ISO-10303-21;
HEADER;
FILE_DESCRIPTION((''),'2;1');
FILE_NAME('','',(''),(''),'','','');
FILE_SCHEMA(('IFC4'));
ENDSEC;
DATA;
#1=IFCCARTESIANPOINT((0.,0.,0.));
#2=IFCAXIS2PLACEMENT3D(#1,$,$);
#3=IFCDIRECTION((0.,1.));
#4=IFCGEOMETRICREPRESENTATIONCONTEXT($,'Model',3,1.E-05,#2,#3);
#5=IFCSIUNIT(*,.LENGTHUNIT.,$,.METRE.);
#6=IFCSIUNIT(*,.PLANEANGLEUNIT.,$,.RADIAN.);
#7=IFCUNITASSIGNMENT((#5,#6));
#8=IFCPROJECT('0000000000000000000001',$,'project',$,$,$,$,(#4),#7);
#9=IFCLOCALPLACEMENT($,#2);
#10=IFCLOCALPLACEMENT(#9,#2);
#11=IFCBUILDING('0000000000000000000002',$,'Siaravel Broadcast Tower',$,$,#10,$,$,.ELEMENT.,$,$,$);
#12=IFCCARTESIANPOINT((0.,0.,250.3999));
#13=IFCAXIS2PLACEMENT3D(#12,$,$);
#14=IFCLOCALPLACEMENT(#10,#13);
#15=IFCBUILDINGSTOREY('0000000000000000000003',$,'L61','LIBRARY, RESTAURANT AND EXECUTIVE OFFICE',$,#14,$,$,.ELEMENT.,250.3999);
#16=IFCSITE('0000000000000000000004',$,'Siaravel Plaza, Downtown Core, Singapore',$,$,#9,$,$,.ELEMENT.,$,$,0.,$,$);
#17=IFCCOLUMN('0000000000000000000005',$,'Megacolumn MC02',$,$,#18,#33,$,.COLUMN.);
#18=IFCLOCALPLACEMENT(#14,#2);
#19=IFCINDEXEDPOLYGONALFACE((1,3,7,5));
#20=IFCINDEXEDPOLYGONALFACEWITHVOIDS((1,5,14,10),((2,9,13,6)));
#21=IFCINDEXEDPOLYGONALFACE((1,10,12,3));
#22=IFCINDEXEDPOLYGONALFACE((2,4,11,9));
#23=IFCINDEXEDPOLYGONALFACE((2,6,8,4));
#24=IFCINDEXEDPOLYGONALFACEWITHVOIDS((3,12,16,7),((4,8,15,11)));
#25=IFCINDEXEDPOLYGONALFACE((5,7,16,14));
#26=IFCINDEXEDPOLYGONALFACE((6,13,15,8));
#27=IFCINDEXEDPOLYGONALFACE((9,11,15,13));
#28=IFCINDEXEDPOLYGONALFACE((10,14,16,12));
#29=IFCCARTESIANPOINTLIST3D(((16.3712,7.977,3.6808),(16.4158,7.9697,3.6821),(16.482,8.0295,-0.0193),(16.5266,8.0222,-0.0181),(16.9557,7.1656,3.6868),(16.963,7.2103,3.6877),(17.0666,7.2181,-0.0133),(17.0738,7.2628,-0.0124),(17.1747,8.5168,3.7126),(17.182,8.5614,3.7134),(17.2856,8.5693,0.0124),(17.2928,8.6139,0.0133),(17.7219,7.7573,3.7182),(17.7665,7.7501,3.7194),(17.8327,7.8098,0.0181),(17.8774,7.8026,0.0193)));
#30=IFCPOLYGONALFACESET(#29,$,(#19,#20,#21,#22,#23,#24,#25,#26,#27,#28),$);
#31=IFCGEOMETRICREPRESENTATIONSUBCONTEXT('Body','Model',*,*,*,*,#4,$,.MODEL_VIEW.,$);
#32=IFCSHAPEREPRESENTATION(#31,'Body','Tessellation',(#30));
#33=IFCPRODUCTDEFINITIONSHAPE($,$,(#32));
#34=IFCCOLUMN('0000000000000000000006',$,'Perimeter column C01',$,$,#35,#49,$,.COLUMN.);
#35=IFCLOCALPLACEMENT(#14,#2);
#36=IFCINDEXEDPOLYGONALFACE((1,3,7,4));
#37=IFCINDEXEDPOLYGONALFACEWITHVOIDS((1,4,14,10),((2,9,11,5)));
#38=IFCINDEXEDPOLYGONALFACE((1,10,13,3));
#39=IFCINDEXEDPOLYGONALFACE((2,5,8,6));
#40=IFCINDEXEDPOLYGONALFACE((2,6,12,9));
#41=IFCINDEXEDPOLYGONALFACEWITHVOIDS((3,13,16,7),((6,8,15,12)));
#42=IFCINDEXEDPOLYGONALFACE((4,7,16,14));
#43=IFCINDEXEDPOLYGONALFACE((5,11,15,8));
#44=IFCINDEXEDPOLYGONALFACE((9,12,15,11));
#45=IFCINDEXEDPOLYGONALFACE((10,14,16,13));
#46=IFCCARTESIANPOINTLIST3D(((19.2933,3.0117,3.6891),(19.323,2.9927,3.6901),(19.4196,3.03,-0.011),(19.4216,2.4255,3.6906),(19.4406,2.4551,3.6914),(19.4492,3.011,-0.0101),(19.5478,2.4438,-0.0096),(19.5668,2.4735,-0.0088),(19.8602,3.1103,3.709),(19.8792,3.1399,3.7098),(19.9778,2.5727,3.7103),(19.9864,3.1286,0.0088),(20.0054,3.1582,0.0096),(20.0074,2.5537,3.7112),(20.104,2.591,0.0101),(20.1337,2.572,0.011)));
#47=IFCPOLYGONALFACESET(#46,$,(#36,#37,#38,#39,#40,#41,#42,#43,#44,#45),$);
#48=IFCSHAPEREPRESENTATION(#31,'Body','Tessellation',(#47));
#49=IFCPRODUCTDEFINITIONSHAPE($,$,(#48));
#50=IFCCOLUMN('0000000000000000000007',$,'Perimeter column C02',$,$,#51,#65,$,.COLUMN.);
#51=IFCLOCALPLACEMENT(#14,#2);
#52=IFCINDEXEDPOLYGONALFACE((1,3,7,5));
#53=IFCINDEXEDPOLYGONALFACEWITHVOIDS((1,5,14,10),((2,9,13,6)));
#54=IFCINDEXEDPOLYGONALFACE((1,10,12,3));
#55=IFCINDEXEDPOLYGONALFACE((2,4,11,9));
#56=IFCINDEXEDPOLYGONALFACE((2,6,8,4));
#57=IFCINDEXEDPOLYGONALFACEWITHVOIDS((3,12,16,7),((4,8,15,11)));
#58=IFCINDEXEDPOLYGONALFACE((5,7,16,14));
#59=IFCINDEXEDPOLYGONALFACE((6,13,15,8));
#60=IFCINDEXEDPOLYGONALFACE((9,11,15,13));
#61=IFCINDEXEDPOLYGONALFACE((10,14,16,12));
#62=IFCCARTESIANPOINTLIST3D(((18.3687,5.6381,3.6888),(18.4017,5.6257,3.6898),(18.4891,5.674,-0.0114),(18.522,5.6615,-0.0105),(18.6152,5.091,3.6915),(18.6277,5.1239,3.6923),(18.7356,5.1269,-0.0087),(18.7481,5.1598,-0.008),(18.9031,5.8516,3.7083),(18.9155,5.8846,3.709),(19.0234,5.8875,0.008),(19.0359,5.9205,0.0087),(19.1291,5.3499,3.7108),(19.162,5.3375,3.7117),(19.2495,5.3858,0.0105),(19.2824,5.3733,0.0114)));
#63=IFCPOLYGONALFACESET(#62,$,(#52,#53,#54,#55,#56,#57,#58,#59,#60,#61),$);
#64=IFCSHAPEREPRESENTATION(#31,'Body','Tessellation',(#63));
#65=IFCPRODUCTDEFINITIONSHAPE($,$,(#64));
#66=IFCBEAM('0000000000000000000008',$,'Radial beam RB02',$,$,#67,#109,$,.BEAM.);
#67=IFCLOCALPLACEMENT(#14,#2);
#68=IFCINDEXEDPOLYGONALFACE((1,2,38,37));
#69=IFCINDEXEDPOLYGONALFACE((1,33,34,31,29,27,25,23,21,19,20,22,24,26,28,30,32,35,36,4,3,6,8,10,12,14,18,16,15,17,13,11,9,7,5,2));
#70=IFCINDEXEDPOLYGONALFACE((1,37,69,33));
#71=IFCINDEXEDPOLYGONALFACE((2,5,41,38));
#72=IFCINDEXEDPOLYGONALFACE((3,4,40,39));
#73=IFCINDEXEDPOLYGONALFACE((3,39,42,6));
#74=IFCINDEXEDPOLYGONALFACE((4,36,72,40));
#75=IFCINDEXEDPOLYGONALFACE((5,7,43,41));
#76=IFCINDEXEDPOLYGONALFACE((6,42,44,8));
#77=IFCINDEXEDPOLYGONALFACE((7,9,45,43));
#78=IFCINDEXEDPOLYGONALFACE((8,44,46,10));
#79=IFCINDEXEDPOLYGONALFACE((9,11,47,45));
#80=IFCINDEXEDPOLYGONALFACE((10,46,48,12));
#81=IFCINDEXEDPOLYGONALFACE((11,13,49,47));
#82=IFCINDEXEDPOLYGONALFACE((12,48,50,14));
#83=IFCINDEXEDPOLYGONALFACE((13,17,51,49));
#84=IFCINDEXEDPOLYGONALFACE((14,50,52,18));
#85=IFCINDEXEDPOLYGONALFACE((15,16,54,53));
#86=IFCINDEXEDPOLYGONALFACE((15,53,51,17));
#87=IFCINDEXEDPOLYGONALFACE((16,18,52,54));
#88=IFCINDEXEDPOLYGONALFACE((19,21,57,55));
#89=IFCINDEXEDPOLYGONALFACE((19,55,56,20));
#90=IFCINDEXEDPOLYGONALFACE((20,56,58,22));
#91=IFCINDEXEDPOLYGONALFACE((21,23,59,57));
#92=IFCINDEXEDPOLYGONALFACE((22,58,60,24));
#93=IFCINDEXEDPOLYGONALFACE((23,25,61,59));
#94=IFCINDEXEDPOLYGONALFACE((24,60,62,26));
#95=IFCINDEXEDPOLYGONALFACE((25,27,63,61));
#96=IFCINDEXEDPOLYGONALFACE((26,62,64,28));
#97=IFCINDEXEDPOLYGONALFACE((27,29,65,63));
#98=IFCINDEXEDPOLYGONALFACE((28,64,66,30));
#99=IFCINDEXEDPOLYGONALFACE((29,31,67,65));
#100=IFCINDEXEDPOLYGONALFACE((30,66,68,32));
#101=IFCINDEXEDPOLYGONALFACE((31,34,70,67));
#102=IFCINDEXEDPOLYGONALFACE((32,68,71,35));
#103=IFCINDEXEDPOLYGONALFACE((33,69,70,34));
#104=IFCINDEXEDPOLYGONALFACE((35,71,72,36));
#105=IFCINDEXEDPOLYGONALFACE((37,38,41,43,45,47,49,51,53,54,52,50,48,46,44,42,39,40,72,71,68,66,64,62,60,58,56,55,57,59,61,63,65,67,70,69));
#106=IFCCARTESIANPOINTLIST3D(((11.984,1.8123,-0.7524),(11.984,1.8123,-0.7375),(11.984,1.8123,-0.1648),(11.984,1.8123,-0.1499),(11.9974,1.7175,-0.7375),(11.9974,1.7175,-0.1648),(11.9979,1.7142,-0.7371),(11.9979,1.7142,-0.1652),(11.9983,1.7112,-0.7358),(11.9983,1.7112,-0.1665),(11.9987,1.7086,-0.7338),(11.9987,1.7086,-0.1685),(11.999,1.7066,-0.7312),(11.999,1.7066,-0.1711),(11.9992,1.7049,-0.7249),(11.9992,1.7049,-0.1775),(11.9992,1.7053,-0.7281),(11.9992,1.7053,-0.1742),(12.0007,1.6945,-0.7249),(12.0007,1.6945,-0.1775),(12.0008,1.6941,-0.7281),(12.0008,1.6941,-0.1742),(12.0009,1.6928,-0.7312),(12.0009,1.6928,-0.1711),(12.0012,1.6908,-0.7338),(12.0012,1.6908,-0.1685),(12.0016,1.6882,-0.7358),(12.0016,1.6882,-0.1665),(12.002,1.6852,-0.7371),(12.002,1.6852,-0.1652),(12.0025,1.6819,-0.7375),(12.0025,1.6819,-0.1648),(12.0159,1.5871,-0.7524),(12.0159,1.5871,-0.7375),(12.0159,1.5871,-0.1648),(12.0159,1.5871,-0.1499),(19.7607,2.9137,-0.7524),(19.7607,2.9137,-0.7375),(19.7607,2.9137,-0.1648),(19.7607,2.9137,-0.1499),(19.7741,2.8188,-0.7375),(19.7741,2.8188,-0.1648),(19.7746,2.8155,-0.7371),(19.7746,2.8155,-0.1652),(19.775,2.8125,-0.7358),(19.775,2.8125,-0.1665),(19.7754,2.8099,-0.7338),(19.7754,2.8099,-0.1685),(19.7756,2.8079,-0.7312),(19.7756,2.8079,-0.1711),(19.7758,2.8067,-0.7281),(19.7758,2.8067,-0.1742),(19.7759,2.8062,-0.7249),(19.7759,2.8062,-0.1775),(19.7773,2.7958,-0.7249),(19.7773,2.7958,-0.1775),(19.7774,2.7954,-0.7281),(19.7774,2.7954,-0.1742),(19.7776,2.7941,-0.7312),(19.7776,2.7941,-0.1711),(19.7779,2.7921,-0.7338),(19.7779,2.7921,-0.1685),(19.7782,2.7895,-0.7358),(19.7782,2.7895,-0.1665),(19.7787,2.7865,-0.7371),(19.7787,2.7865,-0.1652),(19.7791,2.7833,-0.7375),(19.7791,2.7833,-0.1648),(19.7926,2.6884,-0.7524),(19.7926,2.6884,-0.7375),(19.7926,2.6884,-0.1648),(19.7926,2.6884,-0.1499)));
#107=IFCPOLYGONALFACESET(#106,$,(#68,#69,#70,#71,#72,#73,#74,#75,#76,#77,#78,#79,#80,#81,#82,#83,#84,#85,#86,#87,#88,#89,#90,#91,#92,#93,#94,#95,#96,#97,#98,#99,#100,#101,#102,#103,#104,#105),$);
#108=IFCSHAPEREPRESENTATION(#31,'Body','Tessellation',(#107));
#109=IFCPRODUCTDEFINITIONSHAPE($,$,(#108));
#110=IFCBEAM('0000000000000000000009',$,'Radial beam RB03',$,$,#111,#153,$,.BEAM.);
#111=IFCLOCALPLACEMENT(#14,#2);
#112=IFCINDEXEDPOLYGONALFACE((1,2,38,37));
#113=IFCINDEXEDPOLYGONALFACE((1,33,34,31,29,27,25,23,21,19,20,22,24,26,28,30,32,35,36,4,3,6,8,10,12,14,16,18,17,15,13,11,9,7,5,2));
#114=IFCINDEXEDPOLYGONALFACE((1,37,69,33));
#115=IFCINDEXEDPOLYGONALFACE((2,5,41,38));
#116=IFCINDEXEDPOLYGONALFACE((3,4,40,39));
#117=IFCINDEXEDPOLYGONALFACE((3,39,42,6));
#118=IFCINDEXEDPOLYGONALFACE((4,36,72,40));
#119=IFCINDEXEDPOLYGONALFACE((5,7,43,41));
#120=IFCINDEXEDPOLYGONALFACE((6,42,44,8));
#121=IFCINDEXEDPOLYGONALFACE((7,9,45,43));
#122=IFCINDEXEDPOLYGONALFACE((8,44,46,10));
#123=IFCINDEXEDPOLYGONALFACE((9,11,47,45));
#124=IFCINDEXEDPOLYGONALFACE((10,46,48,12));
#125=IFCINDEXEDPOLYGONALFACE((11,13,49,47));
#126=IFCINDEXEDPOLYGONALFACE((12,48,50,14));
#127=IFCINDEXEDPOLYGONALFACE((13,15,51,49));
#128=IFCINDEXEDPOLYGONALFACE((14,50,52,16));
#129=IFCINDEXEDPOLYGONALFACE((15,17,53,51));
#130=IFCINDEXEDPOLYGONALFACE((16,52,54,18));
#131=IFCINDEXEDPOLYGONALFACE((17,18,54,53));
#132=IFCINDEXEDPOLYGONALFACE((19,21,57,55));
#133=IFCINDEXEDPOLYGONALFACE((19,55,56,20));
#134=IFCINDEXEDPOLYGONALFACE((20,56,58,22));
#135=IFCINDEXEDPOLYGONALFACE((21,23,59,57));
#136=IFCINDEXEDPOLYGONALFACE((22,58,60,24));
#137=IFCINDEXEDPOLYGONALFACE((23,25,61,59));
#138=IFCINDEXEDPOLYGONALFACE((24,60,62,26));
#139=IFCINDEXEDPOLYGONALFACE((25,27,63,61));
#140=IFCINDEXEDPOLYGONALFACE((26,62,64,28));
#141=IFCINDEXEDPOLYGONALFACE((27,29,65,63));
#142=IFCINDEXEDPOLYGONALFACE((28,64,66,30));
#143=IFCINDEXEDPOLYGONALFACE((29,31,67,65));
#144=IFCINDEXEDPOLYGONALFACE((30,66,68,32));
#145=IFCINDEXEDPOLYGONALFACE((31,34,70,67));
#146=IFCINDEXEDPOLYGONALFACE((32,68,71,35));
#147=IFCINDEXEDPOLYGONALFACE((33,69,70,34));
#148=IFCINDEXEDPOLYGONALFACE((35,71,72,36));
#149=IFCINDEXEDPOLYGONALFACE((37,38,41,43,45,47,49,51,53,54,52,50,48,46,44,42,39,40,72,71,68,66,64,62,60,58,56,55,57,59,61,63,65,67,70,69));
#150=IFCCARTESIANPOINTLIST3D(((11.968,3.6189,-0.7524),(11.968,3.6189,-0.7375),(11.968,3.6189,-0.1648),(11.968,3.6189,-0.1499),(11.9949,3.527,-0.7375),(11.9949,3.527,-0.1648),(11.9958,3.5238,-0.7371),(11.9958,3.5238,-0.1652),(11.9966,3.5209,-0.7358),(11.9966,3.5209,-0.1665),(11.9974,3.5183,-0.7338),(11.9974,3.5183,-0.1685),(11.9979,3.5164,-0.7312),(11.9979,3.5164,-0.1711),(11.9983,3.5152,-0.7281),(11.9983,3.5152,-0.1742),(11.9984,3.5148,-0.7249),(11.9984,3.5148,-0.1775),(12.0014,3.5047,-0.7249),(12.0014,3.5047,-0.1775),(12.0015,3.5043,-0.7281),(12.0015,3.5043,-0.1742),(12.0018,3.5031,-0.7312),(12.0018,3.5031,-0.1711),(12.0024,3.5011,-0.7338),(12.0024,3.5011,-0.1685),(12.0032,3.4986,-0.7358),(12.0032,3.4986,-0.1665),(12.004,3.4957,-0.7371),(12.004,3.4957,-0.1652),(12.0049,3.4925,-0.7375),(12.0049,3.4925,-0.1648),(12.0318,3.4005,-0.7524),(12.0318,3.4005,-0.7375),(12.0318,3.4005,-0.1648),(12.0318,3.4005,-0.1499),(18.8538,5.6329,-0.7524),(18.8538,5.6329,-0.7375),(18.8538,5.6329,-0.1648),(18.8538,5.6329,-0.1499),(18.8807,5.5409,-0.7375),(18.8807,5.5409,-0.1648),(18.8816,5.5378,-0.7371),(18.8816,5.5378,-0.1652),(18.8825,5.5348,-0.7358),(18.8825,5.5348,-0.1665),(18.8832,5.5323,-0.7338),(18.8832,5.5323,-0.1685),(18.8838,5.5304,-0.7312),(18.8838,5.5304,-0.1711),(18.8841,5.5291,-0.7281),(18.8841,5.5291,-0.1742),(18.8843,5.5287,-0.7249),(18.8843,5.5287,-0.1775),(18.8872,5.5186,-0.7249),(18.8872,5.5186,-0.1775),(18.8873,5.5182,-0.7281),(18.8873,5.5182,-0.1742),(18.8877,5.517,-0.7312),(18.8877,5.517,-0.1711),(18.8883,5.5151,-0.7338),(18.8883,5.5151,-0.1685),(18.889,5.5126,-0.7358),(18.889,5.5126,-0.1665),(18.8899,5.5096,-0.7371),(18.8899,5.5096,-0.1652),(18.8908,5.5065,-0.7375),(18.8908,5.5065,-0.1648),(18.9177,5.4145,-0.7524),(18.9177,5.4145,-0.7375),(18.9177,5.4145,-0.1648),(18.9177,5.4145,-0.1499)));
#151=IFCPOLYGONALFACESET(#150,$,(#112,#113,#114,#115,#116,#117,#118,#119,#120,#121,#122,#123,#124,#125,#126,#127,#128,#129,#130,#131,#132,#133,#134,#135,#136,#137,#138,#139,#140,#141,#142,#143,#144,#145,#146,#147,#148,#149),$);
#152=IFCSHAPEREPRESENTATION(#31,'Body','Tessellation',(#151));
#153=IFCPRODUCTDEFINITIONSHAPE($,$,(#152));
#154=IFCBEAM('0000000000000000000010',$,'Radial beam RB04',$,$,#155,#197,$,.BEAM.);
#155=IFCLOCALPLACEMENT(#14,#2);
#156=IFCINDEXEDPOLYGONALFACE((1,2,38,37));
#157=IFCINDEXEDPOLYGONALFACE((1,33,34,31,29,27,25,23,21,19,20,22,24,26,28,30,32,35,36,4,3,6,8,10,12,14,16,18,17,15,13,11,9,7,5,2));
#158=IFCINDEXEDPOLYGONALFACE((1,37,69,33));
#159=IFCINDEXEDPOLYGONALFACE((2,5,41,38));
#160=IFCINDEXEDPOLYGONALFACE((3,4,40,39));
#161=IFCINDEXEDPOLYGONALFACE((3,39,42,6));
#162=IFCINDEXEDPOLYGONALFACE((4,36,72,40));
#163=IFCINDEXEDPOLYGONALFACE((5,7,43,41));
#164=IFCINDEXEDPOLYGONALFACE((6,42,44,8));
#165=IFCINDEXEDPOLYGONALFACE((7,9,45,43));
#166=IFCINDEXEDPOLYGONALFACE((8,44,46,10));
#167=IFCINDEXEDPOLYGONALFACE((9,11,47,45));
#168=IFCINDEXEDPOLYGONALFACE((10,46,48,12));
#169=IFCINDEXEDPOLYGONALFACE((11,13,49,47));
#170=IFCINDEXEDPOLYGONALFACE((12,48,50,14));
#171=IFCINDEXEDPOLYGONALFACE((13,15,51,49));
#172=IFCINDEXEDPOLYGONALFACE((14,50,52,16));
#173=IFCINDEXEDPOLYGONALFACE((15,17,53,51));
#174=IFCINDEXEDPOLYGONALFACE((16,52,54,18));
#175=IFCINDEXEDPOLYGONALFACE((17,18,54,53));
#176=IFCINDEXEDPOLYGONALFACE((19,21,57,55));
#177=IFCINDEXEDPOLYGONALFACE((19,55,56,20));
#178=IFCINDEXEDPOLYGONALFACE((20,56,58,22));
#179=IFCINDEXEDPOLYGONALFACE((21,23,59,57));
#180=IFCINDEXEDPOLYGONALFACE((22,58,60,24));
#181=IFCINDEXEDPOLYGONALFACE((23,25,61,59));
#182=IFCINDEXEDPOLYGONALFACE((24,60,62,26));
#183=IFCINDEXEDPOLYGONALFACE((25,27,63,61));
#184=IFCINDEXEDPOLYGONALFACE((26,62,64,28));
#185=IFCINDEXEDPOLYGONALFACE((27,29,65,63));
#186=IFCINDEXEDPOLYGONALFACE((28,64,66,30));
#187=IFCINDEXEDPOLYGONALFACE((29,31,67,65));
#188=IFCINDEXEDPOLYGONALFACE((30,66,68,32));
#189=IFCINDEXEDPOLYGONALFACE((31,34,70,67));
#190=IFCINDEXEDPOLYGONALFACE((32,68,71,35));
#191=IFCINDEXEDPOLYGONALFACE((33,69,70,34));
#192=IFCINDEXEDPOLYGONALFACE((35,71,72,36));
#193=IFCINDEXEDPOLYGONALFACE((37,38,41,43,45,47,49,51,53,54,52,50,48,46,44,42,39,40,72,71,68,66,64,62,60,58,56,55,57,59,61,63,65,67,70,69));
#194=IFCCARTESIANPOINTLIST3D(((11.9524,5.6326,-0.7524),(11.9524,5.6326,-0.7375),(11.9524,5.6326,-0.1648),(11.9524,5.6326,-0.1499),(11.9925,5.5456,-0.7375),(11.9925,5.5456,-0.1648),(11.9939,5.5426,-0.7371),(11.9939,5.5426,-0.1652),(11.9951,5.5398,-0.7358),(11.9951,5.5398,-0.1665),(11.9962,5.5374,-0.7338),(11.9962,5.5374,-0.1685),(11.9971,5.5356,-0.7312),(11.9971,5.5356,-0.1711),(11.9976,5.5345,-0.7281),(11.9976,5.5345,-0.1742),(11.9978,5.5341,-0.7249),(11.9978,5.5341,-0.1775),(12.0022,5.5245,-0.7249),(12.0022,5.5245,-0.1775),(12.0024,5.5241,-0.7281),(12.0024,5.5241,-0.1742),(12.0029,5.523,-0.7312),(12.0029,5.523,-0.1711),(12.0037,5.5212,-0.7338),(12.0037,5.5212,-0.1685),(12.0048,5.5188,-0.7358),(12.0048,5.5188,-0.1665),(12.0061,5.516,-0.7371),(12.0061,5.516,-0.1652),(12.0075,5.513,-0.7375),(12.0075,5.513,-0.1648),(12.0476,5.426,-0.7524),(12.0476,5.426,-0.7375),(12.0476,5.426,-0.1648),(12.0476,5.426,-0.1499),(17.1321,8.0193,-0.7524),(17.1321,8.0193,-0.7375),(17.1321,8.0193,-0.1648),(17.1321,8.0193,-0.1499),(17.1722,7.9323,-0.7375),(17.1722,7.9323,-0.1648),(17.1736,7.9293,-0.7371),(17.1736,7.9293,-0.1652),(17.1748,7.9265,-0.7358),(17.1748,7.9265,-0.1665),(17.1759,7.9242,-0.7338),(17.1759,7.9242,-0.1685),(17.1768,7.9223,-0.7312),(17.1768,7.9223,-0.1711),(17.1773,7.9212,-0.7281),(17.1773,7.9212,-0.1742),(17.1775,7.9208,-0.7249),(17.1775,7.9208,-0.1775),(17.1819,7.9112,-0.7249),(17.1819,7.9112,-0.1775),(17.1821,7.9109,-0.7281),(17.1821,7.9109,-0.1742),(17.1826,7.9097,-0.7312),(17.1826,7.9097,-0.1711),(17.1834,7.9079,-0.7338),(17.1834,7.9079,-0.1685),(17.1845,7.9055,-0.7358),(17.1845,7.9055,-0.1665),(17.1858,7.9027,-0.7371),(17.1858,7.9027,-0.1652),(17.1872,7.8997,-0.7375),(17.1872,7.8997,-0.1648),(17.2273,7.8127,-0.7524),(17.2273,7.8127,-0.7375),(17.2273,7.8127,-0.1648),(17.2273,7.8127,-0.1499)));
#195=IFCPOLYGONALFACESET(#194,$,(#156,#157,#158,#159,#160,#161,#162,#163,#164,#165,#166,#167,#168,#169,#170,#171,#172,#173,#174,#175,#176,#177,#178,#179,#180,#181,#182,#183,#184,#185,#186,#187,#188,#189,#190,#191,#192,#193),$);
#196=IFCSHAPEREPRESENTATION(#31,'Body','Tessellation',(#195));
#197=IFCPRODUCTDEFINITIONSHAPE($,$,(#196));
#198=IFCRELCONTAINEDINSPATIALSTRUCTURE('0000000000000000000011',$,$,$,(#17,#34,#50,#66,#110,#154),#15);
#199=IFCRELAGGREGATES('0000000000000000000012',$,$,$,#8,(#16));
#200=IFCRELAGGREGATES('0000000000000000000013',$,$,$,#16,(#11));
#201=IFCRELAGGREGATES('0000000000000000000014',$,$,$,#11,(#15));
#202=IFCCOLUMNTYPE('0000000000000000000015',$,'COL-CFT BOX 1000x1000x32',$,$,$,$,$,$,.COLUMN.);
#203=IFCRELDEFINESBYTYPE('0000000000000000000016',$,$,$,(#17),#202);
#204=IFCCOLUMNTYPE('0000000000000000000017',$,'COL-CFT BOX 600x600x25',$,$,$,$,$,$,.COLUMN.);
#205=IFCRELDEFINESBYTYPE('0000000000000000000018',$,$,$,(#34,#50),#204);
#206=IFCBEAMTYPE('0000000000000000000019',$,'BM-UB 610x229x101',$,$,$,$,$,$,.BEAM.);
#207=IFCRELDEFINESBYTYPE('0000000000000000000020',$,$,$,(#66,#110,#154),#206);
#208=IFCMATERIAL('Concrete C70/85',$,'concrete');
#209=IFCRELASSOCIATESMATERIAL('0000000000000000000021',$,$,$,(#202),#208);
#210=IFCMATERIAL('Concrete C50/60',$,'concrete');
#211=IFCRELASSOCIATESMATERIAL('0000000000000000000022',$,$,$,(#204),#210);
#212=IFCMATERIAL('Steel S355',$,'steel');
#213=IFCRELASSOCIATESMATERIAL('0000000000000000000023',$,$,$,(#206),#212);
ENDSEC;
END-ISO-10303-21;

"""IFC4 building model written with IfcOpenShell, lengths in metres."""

from ifc_helpers import new_model, si_unit, direction, frame, origin, origin_2d, place, context, subcontext, project, spatial, hollow_rectangle, i_section, extrude, material, material_profile, profile_set, type_object, element, save


model = new_model("IFC4")

# Units and contexts
model_context = context("Model", 3, precision=1e-05, world=origin(), true_north=direction((0.0, 1.0)))
body_context = subcontext(model_context, "Body", "Model", "MODEL_VIEW")
ifc_project = project(units=[si_unit("LENGTHUNIT", "METRE"), si_unit("PLANEANGLEUNIT", "RADIAN")], contexts=[model_context])

# Site, building, storey
site_placement = place(None, origin())
site = spatial("IfcSite", under=ifc_project, at=site_placement, Name="Siaravel Plaza, Downtown Core, Singapore", CompositionType="ELEMENT", RefElevation=0.0)
building_placement = place(site_placement, origin())
building = spatial("IfcBuilding", under=site, at=building_placement, Name="Siaravel Broadcast Tower", CompositionType="ELEMENT")
storey_placement = place(building_placement, frame((0.0, 0.0, 250.3999)))
storey = spatial("IfcBuildingStorey", under=building, at=storey_placement, Name="L61", Description="LIBRARY, RESTAURANT AND EXECUTIVE OFFICE", CompositionType="ELEMENT", Elevation=250.3999)

# Columns
ifc_material_1 = material(Name="Concrete C70/85", Category="concrete")
ifc_material_profile_1 = material_profile(ifc_material_1, hollow_rectangle(XDim=1.0, YDim=1.0, WallThickness=0.032, at=origin_2d()))
ifc_profile_set_1 = profile_set([ifc_material_profile_1], Name="Concrete C70/85")
column_type_1 = type_object("IfcColumnType", Name="COL-CFT BOX 1000x1000x32", PredefinedType="COLUMN", material=ifc_profile_set_1)
column_placement = place(storey_placement, frame((17.1797, 7.916, 0.0), z_axis=(-0.029939, -0.014178, 0.999451), x_axis=(0.584581, -0.811313, 0.006002)))
element("IfcColumn", 1, at=column_placement, inside=storey, type_object=column_type_1, Name="Megacolumn MC02", PredefinedType="COLUMN", context=body_context, shape_type="SweptSolid", body=[
    extrude(hollow_rectangle(XDim=1.0, YDim=1.0, WallThickness=0.032, at=origin_2d()), origin(), (0.0, 0.0, 1.0), 3.7021),
])
ifc_material_2 = material(Name="Concrete C50/60", Category="concrete")
ifc_material_profile_2 = material_profile(ifc_material_2, hollow_rectangle(XDim=0.6001, YDim=0.6001, WallThickness=0.0249, at=origin_2d()))
ifc_profile_set_2 = profile_set([ifc_material_profile_2], Name="Concrete C50/60")
column_type_2 = type_object("IfcColumnType", Name="COL-CFT BOX 600x600x25", PredefinedType="COLUMN", material=ifc_profile_set_2)
for number, where, z_axis, x_axis, name in (
    (2, (19.7766, 2.801, 0.0), (-0.034092, -0.004946, 0.999406), (0.213691, -0.976898, 0.002455), "Perimeter column C01"),
    (3, (18.8857, 5.5237, 0.0), (-0.03251, -0.009694, 0.999424), (0.410776, -0.911725, 0.004519), "Perimeter column C02"),
):
    element("IfcColumn", number, at=place(storey_placement, frame(where, z_axis=z_axis, x_axis=x_axis)), inside=storey, type_object=column_type_2, Name=name, PredefinedType="COLUMN", context=body_context, shape_type="SweptSolid", body=[
        extrude(hollow_rectangle(XDim=0.6001, YDim=0.6001, WallThickness=0.0249, at=origin_2d()), origin(), (0.0, 0.0, 1.0), 3.7024),
    ])

# Beams
ifc_material_3 = material(Name="Steel S355", Category="steel")
ifc_material_profile_3 = material_profile(ifc_material_3, i_section(OverallWidth=0.2275, OverallDepth=0.6025, WebThickness=0.0105, FlangeThickness=0.0149, FilletRadius=0.0127, at=origin_2d()))
ifc_profile_set_3 = profile_set([ifc_material_profile_3], Name="Steel S355")
beam_type = type_object("IfcBeamType", Name="BM-UB 610x229x101", PredefinedType="BEAM", material=ifc_profile_set_3)
beam_1_placement = place(storey_placement, frame((19.7766, 2.801, -0.4512), z_axis=(-0.99012, -0.14022, 0.0), x_axis=(0.14022, -0.99012, 0.0)))
element("IfcBeam", 4, at=beam_1_placement, inside=storey, type_object=beam_type, Name="Radial beam RB02", PredefinedType="BEAM", context=body_context, shape_type="SweptSolid", body=[
    extrude(i_section(OverallWidth=0.2275, OverallDepth=0.6025, WebThickness=0.0105, FlangeThickness=0.0149, FilletRadius=0.0127, at=origin_2d()), origin(), (0.0, 0.0, 1.0), 7.8542),
])
beam_2_placement = place(storey_placement, frame((18.8857, 5.5237, -0.4512), z_axis=(-0.959791, -0.280716, 0.0), x_axis=(0.280716, -0.959791, 0.0)))
element("IfcBeam", 5, at=beam_2_placement, inside=storey, type_object=beam_type, Name="Radial beam RB03", PredefinedType="BEAM", context=body_context, shape_type="SweptSolid", body=[
    extrude(i_section(OverallWidth=0.2275, OverallDepth=0.6025, WebThickness=0.0105, FlangeThickness=0.0149, FilletRadius=0.0127, at=origin_2d()), origin(), (0.0, 0.0, 1.0), 7.1743),
])
beam_3_placement = place(storey_placement, frame((17.1797, 7.916, -0.4512), z_axis=(-0.90822, -0.418493, 0.0), x_axis=(0.418493, -0.90822, 0.0)))
element("IfcBeam", 6, at=beam_3_placement, inside=storey, type_object=beam_type, Name="Radial beam RB04", PredefinedType="BEAM", context=body_context, shape_type="SweptSolid", body=[
    extrude(i_section(OverallWidth=0.2275, OverallDepth=0.6025, WebThickness=0.0105, FlangeThickness=0.0149, FilletRadius=0.0127, at=origin_2d()), origin(), (0.0, 0.0, 1.0), 5.7031),
])

save(model, "model.ifc")
